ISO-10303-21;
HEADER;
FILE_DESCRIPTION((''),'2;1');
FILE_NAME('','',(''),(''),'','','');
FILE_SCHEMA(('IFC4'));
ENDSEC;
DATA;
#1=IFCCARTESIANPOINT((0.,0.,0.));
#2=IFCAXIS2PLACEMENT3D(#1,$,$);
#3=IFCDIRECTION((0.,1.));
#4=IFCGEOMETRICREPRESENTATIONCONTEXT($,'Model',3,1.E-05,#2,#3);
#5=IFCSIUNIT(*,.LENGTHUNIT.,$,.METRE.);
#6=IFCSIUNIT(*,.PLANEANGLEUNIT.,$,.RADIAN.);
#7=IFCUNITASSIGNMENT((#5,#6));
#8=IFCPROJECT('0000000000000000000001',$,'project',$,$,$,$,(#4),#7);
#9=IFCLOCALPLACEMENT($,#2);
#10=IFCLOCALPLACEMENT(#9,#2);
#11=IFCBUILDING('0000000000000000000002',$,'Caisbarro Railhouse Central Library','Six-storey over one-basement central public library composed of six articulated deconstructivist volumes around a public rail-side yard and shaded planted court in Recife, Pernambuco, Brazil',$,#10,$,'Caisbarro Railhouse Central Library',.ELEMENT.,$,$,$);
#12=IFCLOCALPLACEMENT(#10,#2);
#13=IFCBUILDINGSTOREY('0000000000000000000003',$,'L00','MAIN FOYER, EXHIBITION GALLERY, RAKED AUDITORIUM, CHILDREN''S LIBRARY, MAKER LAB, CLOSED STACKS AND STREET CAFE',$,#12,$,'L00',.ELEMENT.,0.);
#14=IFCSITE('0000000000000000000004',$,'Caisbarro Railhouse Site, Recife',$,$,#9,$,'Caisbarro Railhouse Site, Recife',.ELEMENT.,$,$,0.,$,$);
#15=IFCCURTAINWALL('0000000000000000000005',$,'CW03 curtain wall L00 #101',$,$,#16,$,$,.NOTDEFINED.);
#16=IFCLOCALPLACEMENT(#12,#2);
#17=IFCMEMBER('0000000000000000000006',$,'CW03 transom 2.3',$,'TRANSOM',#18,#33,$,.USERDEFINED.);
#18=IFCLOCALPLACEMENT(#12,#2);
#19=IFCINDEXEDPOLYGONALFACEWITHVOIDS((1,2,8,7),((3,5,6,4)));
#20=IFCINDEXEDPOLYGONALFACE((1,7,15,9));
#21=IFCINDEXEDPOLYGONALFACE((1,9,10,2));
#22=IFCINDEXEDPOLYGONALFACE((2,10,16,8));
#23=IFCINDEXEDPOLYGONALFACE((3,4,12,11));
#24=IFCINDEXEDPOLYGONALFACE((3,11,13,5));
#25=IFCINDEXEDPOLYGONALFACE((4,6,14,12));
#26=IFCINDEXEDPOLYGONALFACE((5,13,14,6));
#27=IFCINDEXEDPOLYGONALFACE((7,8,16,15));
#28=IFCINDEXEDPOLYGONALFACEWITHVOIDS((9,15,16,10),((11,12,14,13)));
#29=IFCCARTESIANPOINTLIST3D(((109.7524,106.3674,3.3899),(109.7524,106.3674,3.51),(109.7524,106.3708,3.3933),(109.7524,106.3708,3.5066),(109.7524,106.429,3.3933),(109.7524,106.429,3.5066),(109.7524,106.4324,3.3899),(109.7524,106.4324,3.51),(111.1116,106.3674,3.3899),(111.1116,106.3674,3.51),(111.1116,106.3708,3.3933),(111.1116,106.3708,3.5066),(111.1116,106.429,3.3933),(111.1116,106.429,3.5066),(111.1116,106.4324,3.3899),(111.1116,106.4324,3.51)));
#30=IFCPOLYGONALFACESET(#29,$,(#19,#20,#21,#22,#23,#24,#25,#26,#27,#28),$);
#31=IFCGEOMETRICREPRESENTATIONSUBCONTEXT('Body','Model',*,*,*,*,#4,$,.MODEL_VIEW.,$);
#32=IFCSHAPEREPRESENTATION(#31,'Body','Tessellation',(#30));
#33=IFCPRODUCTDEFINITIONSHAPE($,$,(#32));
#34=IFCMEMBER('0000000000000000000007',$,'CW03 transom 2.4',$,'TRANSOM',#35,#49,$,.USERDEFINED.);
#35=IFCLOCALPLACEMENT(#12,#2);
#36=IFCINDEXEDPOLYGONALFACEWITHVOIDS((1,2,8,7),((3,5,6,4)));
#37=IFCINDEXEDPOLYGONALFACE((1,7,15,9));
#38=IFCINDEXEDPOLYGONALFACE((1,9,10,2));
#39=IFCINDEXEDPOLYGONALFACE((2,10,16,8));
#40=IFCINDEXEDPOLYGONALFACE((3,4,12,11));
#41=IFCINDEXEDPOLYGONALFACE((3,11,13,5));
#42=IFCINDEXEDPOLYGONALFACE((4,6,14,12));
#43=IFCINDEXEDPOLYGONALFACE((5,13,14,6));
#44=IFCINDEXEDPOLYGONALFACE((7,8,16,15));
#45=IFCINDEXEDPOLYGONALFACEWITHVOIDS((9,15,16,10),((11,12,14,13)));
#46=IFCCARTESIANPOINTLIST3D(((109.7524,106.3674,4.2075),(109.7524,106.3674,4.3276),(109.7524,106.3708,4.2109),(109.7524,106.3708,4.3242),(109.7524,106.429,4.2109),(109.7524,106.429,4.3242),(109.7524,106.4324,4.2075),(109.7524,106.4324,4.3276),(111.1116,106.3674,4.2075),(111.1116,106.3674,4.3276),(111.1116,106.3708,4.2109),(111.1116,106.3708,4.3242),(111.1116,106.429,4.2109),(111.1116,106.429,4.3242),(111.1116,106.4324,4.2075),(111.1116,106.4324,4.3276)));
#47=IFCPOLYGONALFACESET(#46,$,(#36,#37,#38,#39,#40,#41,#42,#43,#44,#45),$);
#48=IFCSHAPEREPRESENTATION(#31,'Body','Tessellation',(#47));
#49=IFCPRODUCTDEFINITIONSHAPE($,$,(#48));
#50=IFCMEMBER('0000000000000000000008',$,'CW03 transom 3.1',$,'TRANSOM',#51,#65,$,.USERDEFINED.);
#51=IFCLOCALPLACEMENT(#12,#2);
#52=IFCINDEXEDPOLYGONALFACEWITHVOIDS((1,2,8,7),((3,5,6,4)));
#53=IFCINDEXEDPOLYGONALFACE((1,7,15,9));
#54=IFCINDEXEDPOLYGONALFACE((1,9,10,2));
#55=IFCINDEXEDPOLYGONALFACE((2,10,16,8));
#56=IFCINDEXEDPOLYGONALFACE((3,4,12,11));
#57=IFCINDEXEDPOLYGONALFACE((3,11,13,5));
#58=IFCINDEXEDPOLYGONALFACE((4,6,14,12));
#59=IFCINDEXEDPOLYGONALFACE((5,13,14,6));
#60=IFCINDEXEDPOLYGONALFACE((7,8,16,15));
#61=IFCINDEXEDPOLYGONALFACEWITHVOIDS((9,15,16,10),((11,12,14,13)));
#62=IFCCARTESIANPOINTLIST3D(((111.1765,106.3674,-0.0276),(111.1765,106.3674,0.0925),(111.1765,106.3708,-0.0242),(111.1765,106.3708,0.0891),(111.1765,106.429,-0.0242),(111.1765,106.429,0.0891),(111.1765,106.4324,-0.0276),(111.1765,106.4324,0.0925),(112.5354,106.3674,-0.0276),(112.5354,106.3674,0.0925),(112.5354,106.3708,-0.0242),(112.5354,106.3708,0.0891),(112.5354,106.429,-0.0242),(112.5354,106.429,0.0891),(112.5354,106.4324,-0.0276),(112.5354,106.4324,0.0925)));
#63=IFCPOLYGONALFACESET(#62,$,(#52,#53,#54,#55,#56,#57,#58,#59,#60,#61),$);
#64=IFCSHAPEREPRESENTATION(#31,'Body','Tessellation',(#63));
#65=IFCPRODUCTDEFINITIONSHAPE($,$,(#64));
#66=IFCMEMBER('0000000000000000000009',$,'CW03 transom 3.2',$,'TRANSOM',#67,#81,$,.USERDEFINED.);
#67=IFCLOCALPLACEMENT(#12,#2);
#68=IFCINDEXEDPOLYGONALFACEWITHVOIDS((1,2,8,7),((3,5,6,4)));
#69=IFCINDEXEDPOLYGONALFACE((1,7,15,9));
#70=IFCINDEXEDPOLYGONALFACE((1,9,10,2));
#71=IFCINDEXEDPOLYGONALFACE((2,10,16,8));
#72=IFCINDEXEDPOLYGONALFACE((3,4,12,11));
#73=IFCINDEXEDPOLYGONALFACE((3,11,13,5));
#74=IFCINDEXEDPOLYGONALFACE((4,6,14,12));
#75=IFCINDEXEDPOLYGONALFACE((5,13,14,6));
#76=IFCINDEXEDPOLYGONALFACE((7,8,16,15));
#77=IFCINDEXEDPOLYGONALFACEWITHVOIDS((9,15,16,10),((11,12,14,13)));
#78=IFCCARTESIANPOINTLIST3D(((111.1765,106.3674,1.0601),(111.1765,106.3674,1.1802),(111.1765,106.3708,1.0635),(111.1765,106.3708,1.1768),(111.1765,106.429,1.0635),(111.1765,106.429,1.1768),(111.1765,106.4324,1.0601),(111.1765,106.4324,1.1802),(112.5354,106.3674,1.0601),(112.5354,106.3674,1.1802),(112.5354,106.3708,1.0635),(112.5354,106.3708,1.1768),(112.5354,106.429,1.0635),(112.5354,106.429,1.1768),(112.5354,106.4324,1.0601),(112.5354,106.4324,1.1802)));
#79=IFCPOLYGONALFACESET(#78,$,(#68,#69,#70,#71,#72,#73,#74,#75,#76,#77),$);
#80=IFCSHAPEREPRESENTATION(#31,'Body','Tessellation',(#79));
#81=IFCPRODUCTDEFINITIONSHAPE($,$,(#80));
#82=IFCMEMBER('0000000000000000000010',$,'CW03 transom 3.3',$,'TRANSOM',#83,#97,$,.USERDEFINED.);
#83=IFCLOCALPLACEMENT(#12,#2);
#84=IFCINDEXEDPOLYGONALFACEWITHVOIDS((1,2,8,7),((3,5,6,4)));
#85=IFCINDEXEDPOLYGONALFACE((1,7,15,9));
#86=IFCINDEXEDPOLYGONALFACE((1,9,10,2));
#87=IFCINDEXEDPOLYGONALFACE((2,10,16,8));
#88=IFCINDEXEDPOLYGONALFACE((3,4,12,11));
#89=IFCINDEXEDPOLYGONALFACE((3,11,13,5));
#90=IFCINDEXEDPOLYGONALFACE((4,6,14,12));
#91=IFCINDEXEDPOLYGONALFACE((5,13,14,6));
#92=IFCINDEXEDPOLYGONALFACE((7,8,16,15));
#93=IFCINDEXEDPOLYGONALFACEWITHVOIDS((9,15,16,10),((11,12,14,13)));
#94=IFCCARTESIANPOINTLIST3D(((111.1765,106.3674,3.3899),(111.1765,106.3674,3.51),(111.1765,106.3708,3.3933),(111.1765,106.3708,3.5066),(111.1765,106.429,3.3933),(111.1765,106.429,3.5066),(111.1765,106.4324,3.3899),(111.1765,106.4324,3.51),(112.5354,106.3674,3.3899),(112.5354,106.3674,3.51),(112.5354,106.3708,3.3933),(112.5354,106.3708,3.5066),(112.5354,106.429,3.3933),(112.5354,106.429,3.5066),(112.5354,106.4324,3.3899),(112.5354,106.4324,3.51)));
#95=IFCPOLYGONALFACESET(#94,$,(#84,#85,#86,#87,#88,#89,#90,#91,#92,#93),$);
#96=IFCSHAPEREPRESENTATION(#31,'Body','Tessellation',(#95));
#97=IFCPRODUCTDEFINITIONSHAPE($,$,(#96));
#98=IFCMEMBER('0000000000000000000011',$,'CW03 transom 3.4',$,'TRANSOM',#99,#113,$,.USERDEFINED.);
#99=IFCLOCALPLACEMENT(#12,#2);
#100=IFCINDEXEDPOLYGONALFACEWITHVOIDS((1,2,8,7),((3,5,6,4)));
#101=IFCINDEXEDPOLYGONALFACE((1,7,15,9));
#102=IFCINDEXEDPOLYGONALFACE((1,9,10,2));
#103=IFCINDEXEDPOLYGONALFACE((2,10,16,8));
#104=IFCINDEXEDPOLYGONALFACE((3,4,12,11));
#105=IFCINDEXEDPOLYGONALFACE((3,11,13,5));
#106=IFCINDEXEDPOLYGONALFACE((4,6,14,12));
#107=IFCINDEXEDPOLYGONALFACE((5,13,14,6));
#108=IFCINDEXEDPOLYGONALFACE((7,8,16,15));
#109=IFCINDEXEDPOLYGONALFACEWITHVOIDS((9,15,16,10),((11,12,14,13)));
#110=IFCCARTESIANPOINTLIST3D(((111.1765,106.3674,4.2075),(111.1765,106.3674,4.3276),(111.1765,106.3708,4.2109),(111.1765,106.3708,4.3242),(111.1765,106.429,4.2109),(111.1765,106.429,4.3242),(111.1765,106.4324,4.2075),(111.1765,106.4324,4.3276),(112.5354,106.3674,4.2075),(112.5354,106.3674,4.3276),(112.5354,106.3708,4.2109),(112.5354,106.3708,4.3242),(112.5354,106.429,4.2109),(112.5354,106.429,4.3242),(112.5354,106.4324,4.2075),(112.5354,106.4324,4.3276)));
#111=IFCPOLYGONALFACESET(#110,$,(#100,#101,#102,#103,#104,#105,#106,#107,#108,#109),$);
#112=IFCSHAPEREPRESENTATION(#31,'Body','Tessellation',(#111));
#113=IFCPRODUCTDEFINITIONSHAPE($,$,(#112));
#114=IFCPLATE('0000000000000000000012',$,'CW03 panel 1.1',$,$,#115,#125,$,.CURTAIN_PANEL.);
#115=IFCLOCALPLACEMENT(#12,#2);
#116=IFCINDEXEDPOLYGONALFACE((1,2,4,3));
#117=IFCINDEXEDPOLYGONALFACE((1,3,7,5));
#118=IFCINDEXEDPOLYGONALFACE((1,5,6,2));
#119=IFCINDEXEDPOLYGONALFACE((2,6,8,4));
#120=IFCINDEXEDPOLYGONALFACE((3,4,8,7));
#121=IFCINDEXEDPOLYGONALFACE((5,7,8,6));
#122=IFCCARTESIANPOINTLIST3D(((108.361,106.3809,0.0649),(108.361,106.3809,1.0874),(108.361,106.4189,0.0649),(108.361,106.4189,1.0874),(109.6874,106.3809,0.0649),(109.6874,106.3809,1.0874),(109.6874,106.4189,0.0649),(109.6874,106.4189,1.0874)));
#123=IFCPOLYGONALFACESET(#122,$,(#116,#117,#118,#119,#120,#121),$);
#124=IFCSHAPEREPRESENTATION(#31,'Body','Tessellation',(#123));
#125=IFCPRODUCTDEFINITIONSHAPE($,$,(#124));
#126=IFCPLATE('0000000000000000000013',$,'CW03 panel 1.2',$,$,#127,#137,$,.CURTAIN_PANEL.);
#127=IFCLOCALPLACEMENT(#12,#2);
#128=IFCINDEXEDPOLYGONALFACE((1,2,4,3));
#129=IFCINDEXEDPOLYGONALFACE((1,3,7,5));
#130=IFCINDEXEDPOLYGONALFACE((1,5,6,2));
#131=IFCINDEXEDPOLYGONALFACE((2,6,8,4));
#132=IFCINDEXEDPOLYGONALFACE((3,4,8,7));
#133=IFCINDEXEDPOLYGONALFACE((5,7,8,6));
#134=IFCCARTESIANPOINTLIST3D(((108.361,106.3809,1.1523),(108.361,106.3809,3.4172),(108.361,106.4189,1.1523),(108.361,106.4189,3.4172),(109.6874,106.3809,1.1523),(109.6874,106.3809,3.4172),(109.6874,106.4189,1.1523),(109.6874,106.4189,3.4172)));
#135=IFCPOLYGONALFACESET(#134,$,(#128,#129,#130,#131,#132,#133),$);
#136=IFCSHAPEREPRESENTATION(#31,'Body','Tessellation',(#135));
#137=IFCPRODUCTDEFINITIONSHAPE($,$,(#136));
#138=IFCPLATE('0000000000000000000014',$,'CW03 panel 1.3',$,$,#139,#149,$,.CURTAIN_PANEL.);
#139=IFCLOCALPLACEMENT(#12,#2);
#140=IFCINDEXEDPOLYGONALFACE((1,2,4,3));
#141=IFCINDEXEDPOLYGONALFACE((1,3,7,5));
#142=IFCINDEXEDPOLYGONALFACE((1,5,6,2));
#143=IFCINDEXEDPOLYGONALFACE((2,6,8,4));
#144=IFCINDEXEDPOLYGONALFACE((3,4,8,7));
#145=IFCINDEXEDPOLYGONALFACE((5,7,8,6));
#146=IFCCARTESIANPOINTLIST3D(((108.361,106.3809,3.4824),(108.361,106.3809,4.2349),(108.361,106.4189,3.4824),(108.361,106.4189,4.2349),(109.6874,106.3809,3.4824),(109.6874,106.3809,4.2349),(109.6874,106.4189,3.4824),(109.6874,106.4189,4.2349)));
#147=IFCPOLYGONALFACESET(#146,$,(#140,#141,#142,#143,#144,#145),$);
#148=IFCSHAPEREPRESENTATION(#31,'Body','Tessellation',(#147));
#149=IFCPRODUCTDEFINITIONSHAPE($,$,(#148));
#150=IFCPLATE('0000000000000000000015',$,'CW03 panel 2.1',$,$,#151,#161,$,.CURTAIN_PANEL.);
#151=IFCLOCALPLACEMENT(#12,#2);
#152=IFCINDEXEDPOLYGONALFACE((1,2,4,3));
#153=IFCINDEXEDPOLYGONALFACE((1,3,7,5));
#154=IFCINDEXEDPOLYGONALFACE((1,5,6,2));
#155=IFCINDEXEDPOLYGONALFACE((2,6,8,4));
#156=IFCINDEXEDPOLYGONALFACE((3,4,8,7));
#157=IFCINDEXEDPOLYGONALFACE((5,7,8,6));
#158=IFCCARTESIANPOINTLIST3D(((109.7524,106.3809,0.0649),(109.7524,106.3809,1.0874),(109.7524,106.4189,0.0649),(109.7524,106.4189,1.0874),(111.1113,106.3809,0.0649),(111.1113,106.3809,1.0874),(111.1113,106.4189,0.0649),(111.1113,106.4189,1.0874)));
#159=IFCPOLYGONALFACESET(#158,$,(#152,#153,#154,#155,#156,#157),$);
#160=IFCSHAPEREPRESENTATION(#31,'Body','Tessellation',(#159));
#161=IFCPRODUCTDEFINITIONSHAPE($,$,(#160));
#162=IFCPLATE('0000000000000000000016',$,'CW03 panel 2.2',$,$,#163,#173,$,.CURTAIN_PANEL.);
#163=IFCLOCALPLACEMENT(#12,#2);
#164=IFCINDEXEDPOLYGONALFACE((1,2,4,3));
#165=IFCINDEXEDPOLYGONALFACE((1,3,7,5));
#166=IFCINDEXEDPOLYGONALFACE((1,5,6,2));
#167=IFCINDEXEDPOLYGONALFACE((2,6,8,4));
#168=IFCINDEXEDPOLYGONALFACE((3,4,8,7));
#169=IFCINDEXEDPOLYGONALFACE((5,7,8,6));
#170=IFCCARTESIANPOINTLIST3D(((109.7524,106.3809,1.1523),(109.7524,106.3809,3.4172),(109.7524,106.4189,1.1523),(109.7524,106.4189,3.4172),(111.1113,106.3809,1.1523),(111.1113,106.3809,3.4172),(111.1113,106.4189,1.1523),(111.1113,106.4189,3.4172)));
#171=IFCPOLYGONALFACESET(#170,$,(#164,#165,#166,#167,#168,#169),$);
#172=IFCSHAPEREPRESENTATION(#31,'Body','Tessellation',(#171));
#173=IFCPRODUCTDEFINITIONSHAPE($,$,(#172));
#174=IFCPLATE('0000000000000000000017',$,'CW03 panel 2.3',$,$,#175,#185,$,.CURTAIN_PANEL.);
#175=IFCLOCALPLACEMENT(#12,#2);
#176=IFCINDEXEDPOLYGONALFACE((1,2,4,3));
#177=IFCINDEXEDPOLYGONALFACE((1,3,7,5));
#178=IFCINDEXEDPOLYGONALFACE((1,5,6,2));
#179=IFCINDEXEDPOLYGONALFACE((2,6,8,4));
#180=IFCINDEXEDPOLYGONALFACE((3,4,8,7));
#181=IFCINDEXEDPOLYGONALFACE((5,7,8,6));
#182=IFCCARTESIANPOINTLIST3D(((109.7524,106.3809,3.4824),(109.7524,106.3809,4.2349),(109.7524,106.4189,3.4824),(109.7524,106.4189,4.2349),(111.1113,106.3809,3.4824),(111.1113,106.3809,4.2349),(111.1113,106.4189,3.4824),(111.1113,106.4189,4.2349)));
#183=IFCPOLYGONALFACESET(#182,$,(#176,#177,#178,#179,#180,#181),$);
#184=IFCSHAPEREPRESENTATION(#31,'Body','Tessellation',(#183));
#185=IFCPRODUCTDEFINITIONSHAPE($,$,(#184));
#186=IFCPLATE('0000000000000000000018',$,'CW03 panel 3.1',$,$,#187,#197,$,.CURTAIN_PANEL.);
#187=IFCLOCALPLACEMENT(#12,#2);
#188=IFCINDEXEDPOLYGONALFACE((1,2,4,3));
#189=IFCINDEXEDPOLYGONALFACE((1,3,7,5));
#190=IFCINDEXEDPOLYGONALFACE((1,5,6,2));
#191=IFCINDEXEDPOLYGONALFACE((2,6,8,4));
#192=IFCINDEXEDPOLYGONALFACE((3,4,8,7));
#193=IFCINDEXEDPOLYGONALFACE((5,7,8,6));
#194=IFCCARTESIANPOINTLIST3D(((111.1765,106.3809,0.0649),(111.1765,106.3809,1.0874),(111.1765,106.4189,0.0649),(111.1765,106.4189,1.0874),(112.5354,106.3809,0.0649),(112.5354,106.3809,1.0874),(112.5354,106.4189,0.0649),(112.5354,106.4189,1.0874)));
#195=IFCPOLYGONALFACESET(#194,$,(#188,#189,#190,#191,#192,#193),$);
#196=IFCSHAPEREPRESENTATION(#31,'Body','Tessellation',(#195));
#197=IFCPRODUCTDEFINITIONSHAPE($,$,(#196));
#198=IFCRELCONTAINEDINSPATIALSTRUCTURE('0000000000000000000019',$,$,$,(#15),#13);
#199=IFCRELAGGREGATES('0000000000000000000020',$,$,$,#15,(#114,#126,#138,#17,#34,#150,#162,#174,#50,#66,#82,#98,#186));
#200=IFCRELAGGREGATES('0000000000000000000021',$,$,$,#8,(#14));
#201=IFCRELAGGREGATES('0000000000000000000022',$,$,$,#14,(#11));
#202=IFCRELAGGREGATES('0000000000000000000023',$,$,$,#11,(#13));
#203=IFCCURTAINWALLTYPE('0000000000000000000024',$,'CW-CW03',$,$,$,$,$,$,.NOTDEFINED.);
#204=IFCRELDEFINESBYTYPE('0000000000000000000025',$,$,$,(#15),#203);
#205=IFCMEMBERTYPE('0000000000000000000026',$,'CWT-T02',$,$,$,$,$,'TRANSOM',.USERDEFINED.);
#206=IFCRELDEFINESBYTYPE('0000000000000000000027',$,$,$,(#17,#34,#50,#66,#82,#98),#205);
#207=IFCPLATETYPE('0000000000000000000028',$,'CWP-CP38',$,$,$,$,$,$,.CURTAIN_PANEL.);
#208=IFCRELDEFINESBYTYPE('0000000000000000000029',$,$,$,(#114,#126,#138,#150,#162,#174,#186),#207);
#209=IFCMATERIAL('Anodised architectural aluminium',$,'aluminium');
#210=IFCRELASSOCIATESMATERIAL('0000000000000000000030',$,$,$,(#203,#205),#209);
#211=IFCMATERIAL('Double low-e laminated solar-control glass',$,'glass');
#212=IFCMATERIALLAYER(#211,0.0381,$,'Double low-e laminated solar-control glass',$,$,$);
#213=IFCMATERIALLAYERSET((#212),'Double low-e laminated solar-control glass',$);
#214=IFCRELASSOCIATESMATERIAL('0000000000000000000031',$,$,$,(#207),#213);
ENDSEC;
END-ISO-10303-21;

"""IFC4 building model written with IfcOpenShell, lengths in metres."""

from ifc_helpers import new_model, si_unit, direction, frame, origin, origin_2d, place, context, subcontext, project, spatial, rectangle, hollow_rectangle, extrude, material, layer, layer_set, material_profile, profile_set, type_object, element, aggregate, save


model = new_model("IFC4")

# Units and contexts
model_context = context("Model", 3, precision=1e-05, world=origin(), true_north=direction((0.0, 1.0)))
body_context = subcontext(model_context, "Body", "Model", "MODEL_VIEW")
ifc_project = project(units=[si_unit("LENGTHUNIT", "METRE"), si_unit("PLANEANGLEUNIT", "RADIAN")], contexts=[model_context])

# Site, building, storey
site_placement = place(None, origin())
site = spatial("IfcSite", under=ifc_project, at=site_placement, Name="Caisbarro Railhouse Site, Recife", LongName="Caisbarro Railhouse Site, Recife", CompositionType="ELEMENT", RefElevation=0.0)
building_placement = place(site_placement, origin())
building = spatial("IfcBuilding", under=site, at=building_placement, Name="Caisbarro Railhouse Central Library", Description="Six-storey over one-basement central public library composed of six articulated deconstructivist volumes around a public rail-side yard and shaded planted court in Recife, Pernambuco, Brazil", LongName="Caisbarro Railhouse Central Library", CompositionType="ELEMENT")
storey_placement = place(building_placement, origin())
storey = spatial("IfcBuildingStorey", under=building, at=storey_placement, Name="L00", Description="MAIN FOYER, EXHIBITION GALLERY, RAKED AUDITORIUM, CHILDREN'S LIBRARY, MAKER LAB, CLOSED STACKS AND STREET CAFE", LongName="L00", CompositionType="ELEMENT", Elevation=0.0)

# Shared definitions
ifc_material_1 = material(Name="Anodised architectural aluminium", Category="aluminium")

# Curtain wall
curtain_wall_type_1 = type_object("IfcCurtainWallType", Name="CW-CW03", PredefinedType="NOTDEFINED", material=ifc_material_1)
curtain_wall_1_placement = place(storey_placement, origin())
curtain_wall_1 = element("IfcCurtainWall", 1, at=curtain_wall_1_placement, inside=storey, type_object=curtain_wall_type_1, Name="CW03 curtain wall L00 #101", PredefinedType="NOTDEFINED")

# Members
ifc_material_profile_1 = material_profile(ifc_material_1, hollow_rectangle(XDim=0.0649, YDim=0.1201, WallThickness=0.0034, at=origin_2d()), Name="ALU-TRN-65X120")
ifc_profile_set_1 = profile_set([ifc_material_profile_1], Name="Anodised architectural aluminium")
member_type_1 = type_object("IfcMemberType", Name="CWT-T02", ElementType="TRANSOM", PredefinedType="USERDEFINED", material=ifc_profile_set_1)
member_1_placement = place(storey_placement, frame((109.7524, 106.3999, 3.45), z_axis=(1.0, 0.0, 0.0), x_axis=(0.0, 1.0, 0.0)))
member_1 = element("IfcMember", 2, at=member_1_placement, type_object=member_type_1, Name="CW03 transom 2.3", ObjectType="TRANSOM", PredefinedType="USERDEFINED", context=body_context, shape_type="SweptSolid", body=[
    extrude(hollow_rectangle(XDim=0.0649, YDim=0.1201, WallThickness=0.0034, at=origin_2d()), origin(), (0.0, 0.0, 1.0), 1.3591),
])
member_2_placement = place(storey_placement, frame((109.7524, 106.3999, 4.2676), z_axis=(1.0, 0.0, 0.0), x_axis=(0.0, 1.0, 0.0)))
member_2 = element("IfcMember", 3, at=member_2_placement, type_object=member_type_1, Name="CW03 transom 2.4", ObjectType="TRANSOM", PredefinedType="USERDEFINED", context=body_context, shape_type="SweptSolid", body=[
    extrude(hollow_rectangle(XDim=0.0649, YDim=0.1201, WallThickness=0.0034, at=origin_2d()), origin(), (0.0, 0.0, 1.0), 1.3591),
])
member_3_placement = place(storey_placement, frame((111.1765, 106.3999, 0.0325), z_axis=(1.0, 0.0, 0.0), x_axis=(0.0, 1.0, 0.0)))
member_3 = element("IfcMember", 4, at=member_3_placement, type_object=member_type_1, Name="CW03 transom 3.1", ObjectType="TRANSOM", PredefinedType="USERDEFINED", context=body_context, shape_type="SweptSolid", body=[
    extrude(hollow_rectangle(XDim=0.0649, YDim=0.1201, WallThickness=0.0034, at=origin_2d()), origin(), (0.0, 0.0, 1.0), 1.3589),
])
member_4_placement = place(storey_placement, frame((111.1765, 106.3999, 1.1201), z_axis=(1.0, 0.0, 0.0), x_axis=(0.0, 1.0, 0.0)))
member_4 = element("IfcMember", 5, at=member_4_placement, type_object=member_type_1, Name="CW03 transom 3.2", ObjectType="TRANSOM", PredefinedType="USERDEFINED", context=body_context, shape_type="SweptSolid", body=[
    extrude(hollow_rectangle(XDim=0.0649, YDim=0.1201, WallThickness=0.0034, at=origin_2d()), origin(), (0.0, 0.0, 1.0), 1.3589),
])
member_5_placement = place(storey_placement, frame((111.1765, 106.3999, 3.45), z_axis=(1.0, 0.0, 0.0), x_axis=(0.0, 1.0, 0.0)))
member_5 = element("IfcMember", 6, at=member_5_placement, type_object=member_type_1, Name="CW03 transom 3.3", ObjectType="TRANSOM", PredefinedType="USERDEFINED", context=body_context, shape_type="SweptSolid", body=[
    extrude(hollow_rectangle(XDim=0.0649, YDim=0.1201, WallThickness=0.0034, at=origin_2d()), origin(), (0.0, 0.0, 1.0), 1.3589),
])
member_6_placement = place(storey_placement, frame((111.1765, 106.3999, 4.2676), z_axis=(1.0, 0.0, 0.0), x_axis=(0.0, 1.0, 0.0)))
member_6 = element("IfcMember", 7, at=member_6_placement, type_object=member_type_1, Name="CW03 transom 3.4", ObjectType="TRANSOM", PredefinedType="USERDEFINED", context=body_context, shape_type="SweptSolid", body=[
    extrude(hollow_rectangle(XDim=0.0649, YDim=0.1201, WallThickness=0.0034, at=origin_2d()), origin(), (0.0, 0.0, 1.0), 1.3589),
])

# Plates
ifc_material_2 = material(Name="Double low-e laminated solar-control glass", Category="glass")
ifc_layer_1 = layer(ifc_material_2, 0.0381, Name="Double low-e laminated solar-control glass")
ifc_layer_set_1 = layer_set([ifc_layer_1], Name="Double low-e laminated solar-control glass")
plate_type_1 = type_object("IfcPlateType", Name="CWP-CP38", PredefinedType="CURTAIN_PANEL", material=ifc_layer_set_1)
plate_1_placement = place(storey_placement, frame((109.0242, 106.3999, 0.0649), z_axis=(0.0, 0.0, 1.0), x_axis=(1.0, 0.0, 0.0)))
plate_1 = element("IfcPlate", 8, at=plate_1_placement, type_object=plate_type_1, Name="CW03 panel 1.1", PredefinedType="CURTAIN_PANEL", context=body_context, shape_type="SweptSolid", body=[
    extrude(rectangle(XDim=1.3264, YDim=0.0381, at=origin_2d()), origin(), (0.0, 0.0, 1.0), 1.0225),
])
plate_2_placement = place(storey_placement, frame((109.0242, 106.3999, 1.1523), z_axis=(0.0, 0.0, 1.0), x_axis=(1.0, 0.0, 0.0)))
plate_2 = element("IfcPlate", 9, at=plate_2_placement, type_object=plate_type_1, Name="CW03 panel 1.2", PredefinedType="CURTAIN_PANEL", context=body_context, shape_type="SweptSolid", body=[
    extrude(rectangle(XDim=1.3264, YDim=0.0381, at=origin_2d()), origin(), (0.0, 0.0, 1.0), 2.2649),
])
plate_3_placement = place(storey_placement, frame((109.0242, 106.3999, 3.4824), z_axis=(0.0, 0.0, 1.0), x_axis=(1.0, 0.0, 0.0)))
plate_3 = element("IfcPlate", 10, at=plate_3_placement, type_object=plate_type_1, Name="CW03 panel 1.3", PredefinedType="CURTAIN_PANEL", context=body_context, shape_type="SweptSolid", body=[
    extrude(rectangle(XDim=1.3264, YDim=0.0381, at=origin_2d()), origin(), (0.0, 0.0, 1.0), 0.7524),
])
plate_4_placement = place(storey_placement, frame((110.4319, 106.3999, 0.0649), z_axis=(0.0, 0.0, 1.0), x_axis=(1.0, 0.0, 0.0)))
plate_4 = element("IfcPlate", 11, at=plate_4_placement, type_object=plate_type_1, Name="CW03 panel 2.1", PredefinedType="CURTAIN_PANEL", context=body_context, shape_type="SweptSolid", body=[
    extrude(rectangle(XDim=1.3589, YDim=0.0381, at=origin_2d()), origin(), (0.0, 0.0, 1.0), 1.0225),
])
plate_5_placement = place(storey_placement, frame((110.4319, 106.3999, 1.1523), z_axis=(0.0, 0.0, 1.0), x_axis=(1.0, 0.0, 0.0)))
plate_5 = element("IfcPlate", 12, at=plate_5_placement, type_object=plate_type_1, Name="CW03 panel 2.2", PredefinedType="CURTAIN_PANEL", context=body_context, shape_type="SweptSolid", body=[
    extrude(rectangle(XDim=1.3589, YDim=0.0381, at=origin_2d()), origin(), (0.0, 0.0, 1.0), 2.2649),
])
plate_6_placement = place(storey_placement, frame((110.4319, 106.3999, 3.4824), z_axis=(0.0, 0.0, 1.0), x_axis=(1.0, 0.0, 0.0)))
plate_6 = element("IfcPlate", 13, at=plate_6_placement, type_object=plate_type_1, Name="CW03 panel 2.3", PredefinedType="CURTAIN_PANEL", context=body_context, shape_type="SweptSolid", body=[
    extrude(rectangle(XDim=1.3589, YDim=0.0381, at=origin_2d()), origin(), (0.0, 0.0, 1.0), 0.7524),
])
plate_7_placement = place(storey_placement, frame((111.856, 106.3999, 0.0649), z_axis=(0.0, 0.0, 1.0), x_axis=(1.0, 0.0, 0.0)))
plate_7 = element("IfcPlate", 14, at=plate_7_placement, type_object=plate_type_1, Name="CW03 panel 3.1", PredefinedType="CURTAIN_PANEL", context=body_context, shape_type="SweptSolid", body=[
    extrude(rectangle(XDim=1.3589, YDim=0.0381, at=origin_2d()), origin(), (0.0, 0.0, 1.0), 1.0225),
])
aggregate(curtain_wall_1, [plate_1, plate_2, plate_3, member_1, member_2, plate_4, plate_5, plate_6, member_3, member_4, member_5, member_6, plate_7])

save(model, "model.ifc")
